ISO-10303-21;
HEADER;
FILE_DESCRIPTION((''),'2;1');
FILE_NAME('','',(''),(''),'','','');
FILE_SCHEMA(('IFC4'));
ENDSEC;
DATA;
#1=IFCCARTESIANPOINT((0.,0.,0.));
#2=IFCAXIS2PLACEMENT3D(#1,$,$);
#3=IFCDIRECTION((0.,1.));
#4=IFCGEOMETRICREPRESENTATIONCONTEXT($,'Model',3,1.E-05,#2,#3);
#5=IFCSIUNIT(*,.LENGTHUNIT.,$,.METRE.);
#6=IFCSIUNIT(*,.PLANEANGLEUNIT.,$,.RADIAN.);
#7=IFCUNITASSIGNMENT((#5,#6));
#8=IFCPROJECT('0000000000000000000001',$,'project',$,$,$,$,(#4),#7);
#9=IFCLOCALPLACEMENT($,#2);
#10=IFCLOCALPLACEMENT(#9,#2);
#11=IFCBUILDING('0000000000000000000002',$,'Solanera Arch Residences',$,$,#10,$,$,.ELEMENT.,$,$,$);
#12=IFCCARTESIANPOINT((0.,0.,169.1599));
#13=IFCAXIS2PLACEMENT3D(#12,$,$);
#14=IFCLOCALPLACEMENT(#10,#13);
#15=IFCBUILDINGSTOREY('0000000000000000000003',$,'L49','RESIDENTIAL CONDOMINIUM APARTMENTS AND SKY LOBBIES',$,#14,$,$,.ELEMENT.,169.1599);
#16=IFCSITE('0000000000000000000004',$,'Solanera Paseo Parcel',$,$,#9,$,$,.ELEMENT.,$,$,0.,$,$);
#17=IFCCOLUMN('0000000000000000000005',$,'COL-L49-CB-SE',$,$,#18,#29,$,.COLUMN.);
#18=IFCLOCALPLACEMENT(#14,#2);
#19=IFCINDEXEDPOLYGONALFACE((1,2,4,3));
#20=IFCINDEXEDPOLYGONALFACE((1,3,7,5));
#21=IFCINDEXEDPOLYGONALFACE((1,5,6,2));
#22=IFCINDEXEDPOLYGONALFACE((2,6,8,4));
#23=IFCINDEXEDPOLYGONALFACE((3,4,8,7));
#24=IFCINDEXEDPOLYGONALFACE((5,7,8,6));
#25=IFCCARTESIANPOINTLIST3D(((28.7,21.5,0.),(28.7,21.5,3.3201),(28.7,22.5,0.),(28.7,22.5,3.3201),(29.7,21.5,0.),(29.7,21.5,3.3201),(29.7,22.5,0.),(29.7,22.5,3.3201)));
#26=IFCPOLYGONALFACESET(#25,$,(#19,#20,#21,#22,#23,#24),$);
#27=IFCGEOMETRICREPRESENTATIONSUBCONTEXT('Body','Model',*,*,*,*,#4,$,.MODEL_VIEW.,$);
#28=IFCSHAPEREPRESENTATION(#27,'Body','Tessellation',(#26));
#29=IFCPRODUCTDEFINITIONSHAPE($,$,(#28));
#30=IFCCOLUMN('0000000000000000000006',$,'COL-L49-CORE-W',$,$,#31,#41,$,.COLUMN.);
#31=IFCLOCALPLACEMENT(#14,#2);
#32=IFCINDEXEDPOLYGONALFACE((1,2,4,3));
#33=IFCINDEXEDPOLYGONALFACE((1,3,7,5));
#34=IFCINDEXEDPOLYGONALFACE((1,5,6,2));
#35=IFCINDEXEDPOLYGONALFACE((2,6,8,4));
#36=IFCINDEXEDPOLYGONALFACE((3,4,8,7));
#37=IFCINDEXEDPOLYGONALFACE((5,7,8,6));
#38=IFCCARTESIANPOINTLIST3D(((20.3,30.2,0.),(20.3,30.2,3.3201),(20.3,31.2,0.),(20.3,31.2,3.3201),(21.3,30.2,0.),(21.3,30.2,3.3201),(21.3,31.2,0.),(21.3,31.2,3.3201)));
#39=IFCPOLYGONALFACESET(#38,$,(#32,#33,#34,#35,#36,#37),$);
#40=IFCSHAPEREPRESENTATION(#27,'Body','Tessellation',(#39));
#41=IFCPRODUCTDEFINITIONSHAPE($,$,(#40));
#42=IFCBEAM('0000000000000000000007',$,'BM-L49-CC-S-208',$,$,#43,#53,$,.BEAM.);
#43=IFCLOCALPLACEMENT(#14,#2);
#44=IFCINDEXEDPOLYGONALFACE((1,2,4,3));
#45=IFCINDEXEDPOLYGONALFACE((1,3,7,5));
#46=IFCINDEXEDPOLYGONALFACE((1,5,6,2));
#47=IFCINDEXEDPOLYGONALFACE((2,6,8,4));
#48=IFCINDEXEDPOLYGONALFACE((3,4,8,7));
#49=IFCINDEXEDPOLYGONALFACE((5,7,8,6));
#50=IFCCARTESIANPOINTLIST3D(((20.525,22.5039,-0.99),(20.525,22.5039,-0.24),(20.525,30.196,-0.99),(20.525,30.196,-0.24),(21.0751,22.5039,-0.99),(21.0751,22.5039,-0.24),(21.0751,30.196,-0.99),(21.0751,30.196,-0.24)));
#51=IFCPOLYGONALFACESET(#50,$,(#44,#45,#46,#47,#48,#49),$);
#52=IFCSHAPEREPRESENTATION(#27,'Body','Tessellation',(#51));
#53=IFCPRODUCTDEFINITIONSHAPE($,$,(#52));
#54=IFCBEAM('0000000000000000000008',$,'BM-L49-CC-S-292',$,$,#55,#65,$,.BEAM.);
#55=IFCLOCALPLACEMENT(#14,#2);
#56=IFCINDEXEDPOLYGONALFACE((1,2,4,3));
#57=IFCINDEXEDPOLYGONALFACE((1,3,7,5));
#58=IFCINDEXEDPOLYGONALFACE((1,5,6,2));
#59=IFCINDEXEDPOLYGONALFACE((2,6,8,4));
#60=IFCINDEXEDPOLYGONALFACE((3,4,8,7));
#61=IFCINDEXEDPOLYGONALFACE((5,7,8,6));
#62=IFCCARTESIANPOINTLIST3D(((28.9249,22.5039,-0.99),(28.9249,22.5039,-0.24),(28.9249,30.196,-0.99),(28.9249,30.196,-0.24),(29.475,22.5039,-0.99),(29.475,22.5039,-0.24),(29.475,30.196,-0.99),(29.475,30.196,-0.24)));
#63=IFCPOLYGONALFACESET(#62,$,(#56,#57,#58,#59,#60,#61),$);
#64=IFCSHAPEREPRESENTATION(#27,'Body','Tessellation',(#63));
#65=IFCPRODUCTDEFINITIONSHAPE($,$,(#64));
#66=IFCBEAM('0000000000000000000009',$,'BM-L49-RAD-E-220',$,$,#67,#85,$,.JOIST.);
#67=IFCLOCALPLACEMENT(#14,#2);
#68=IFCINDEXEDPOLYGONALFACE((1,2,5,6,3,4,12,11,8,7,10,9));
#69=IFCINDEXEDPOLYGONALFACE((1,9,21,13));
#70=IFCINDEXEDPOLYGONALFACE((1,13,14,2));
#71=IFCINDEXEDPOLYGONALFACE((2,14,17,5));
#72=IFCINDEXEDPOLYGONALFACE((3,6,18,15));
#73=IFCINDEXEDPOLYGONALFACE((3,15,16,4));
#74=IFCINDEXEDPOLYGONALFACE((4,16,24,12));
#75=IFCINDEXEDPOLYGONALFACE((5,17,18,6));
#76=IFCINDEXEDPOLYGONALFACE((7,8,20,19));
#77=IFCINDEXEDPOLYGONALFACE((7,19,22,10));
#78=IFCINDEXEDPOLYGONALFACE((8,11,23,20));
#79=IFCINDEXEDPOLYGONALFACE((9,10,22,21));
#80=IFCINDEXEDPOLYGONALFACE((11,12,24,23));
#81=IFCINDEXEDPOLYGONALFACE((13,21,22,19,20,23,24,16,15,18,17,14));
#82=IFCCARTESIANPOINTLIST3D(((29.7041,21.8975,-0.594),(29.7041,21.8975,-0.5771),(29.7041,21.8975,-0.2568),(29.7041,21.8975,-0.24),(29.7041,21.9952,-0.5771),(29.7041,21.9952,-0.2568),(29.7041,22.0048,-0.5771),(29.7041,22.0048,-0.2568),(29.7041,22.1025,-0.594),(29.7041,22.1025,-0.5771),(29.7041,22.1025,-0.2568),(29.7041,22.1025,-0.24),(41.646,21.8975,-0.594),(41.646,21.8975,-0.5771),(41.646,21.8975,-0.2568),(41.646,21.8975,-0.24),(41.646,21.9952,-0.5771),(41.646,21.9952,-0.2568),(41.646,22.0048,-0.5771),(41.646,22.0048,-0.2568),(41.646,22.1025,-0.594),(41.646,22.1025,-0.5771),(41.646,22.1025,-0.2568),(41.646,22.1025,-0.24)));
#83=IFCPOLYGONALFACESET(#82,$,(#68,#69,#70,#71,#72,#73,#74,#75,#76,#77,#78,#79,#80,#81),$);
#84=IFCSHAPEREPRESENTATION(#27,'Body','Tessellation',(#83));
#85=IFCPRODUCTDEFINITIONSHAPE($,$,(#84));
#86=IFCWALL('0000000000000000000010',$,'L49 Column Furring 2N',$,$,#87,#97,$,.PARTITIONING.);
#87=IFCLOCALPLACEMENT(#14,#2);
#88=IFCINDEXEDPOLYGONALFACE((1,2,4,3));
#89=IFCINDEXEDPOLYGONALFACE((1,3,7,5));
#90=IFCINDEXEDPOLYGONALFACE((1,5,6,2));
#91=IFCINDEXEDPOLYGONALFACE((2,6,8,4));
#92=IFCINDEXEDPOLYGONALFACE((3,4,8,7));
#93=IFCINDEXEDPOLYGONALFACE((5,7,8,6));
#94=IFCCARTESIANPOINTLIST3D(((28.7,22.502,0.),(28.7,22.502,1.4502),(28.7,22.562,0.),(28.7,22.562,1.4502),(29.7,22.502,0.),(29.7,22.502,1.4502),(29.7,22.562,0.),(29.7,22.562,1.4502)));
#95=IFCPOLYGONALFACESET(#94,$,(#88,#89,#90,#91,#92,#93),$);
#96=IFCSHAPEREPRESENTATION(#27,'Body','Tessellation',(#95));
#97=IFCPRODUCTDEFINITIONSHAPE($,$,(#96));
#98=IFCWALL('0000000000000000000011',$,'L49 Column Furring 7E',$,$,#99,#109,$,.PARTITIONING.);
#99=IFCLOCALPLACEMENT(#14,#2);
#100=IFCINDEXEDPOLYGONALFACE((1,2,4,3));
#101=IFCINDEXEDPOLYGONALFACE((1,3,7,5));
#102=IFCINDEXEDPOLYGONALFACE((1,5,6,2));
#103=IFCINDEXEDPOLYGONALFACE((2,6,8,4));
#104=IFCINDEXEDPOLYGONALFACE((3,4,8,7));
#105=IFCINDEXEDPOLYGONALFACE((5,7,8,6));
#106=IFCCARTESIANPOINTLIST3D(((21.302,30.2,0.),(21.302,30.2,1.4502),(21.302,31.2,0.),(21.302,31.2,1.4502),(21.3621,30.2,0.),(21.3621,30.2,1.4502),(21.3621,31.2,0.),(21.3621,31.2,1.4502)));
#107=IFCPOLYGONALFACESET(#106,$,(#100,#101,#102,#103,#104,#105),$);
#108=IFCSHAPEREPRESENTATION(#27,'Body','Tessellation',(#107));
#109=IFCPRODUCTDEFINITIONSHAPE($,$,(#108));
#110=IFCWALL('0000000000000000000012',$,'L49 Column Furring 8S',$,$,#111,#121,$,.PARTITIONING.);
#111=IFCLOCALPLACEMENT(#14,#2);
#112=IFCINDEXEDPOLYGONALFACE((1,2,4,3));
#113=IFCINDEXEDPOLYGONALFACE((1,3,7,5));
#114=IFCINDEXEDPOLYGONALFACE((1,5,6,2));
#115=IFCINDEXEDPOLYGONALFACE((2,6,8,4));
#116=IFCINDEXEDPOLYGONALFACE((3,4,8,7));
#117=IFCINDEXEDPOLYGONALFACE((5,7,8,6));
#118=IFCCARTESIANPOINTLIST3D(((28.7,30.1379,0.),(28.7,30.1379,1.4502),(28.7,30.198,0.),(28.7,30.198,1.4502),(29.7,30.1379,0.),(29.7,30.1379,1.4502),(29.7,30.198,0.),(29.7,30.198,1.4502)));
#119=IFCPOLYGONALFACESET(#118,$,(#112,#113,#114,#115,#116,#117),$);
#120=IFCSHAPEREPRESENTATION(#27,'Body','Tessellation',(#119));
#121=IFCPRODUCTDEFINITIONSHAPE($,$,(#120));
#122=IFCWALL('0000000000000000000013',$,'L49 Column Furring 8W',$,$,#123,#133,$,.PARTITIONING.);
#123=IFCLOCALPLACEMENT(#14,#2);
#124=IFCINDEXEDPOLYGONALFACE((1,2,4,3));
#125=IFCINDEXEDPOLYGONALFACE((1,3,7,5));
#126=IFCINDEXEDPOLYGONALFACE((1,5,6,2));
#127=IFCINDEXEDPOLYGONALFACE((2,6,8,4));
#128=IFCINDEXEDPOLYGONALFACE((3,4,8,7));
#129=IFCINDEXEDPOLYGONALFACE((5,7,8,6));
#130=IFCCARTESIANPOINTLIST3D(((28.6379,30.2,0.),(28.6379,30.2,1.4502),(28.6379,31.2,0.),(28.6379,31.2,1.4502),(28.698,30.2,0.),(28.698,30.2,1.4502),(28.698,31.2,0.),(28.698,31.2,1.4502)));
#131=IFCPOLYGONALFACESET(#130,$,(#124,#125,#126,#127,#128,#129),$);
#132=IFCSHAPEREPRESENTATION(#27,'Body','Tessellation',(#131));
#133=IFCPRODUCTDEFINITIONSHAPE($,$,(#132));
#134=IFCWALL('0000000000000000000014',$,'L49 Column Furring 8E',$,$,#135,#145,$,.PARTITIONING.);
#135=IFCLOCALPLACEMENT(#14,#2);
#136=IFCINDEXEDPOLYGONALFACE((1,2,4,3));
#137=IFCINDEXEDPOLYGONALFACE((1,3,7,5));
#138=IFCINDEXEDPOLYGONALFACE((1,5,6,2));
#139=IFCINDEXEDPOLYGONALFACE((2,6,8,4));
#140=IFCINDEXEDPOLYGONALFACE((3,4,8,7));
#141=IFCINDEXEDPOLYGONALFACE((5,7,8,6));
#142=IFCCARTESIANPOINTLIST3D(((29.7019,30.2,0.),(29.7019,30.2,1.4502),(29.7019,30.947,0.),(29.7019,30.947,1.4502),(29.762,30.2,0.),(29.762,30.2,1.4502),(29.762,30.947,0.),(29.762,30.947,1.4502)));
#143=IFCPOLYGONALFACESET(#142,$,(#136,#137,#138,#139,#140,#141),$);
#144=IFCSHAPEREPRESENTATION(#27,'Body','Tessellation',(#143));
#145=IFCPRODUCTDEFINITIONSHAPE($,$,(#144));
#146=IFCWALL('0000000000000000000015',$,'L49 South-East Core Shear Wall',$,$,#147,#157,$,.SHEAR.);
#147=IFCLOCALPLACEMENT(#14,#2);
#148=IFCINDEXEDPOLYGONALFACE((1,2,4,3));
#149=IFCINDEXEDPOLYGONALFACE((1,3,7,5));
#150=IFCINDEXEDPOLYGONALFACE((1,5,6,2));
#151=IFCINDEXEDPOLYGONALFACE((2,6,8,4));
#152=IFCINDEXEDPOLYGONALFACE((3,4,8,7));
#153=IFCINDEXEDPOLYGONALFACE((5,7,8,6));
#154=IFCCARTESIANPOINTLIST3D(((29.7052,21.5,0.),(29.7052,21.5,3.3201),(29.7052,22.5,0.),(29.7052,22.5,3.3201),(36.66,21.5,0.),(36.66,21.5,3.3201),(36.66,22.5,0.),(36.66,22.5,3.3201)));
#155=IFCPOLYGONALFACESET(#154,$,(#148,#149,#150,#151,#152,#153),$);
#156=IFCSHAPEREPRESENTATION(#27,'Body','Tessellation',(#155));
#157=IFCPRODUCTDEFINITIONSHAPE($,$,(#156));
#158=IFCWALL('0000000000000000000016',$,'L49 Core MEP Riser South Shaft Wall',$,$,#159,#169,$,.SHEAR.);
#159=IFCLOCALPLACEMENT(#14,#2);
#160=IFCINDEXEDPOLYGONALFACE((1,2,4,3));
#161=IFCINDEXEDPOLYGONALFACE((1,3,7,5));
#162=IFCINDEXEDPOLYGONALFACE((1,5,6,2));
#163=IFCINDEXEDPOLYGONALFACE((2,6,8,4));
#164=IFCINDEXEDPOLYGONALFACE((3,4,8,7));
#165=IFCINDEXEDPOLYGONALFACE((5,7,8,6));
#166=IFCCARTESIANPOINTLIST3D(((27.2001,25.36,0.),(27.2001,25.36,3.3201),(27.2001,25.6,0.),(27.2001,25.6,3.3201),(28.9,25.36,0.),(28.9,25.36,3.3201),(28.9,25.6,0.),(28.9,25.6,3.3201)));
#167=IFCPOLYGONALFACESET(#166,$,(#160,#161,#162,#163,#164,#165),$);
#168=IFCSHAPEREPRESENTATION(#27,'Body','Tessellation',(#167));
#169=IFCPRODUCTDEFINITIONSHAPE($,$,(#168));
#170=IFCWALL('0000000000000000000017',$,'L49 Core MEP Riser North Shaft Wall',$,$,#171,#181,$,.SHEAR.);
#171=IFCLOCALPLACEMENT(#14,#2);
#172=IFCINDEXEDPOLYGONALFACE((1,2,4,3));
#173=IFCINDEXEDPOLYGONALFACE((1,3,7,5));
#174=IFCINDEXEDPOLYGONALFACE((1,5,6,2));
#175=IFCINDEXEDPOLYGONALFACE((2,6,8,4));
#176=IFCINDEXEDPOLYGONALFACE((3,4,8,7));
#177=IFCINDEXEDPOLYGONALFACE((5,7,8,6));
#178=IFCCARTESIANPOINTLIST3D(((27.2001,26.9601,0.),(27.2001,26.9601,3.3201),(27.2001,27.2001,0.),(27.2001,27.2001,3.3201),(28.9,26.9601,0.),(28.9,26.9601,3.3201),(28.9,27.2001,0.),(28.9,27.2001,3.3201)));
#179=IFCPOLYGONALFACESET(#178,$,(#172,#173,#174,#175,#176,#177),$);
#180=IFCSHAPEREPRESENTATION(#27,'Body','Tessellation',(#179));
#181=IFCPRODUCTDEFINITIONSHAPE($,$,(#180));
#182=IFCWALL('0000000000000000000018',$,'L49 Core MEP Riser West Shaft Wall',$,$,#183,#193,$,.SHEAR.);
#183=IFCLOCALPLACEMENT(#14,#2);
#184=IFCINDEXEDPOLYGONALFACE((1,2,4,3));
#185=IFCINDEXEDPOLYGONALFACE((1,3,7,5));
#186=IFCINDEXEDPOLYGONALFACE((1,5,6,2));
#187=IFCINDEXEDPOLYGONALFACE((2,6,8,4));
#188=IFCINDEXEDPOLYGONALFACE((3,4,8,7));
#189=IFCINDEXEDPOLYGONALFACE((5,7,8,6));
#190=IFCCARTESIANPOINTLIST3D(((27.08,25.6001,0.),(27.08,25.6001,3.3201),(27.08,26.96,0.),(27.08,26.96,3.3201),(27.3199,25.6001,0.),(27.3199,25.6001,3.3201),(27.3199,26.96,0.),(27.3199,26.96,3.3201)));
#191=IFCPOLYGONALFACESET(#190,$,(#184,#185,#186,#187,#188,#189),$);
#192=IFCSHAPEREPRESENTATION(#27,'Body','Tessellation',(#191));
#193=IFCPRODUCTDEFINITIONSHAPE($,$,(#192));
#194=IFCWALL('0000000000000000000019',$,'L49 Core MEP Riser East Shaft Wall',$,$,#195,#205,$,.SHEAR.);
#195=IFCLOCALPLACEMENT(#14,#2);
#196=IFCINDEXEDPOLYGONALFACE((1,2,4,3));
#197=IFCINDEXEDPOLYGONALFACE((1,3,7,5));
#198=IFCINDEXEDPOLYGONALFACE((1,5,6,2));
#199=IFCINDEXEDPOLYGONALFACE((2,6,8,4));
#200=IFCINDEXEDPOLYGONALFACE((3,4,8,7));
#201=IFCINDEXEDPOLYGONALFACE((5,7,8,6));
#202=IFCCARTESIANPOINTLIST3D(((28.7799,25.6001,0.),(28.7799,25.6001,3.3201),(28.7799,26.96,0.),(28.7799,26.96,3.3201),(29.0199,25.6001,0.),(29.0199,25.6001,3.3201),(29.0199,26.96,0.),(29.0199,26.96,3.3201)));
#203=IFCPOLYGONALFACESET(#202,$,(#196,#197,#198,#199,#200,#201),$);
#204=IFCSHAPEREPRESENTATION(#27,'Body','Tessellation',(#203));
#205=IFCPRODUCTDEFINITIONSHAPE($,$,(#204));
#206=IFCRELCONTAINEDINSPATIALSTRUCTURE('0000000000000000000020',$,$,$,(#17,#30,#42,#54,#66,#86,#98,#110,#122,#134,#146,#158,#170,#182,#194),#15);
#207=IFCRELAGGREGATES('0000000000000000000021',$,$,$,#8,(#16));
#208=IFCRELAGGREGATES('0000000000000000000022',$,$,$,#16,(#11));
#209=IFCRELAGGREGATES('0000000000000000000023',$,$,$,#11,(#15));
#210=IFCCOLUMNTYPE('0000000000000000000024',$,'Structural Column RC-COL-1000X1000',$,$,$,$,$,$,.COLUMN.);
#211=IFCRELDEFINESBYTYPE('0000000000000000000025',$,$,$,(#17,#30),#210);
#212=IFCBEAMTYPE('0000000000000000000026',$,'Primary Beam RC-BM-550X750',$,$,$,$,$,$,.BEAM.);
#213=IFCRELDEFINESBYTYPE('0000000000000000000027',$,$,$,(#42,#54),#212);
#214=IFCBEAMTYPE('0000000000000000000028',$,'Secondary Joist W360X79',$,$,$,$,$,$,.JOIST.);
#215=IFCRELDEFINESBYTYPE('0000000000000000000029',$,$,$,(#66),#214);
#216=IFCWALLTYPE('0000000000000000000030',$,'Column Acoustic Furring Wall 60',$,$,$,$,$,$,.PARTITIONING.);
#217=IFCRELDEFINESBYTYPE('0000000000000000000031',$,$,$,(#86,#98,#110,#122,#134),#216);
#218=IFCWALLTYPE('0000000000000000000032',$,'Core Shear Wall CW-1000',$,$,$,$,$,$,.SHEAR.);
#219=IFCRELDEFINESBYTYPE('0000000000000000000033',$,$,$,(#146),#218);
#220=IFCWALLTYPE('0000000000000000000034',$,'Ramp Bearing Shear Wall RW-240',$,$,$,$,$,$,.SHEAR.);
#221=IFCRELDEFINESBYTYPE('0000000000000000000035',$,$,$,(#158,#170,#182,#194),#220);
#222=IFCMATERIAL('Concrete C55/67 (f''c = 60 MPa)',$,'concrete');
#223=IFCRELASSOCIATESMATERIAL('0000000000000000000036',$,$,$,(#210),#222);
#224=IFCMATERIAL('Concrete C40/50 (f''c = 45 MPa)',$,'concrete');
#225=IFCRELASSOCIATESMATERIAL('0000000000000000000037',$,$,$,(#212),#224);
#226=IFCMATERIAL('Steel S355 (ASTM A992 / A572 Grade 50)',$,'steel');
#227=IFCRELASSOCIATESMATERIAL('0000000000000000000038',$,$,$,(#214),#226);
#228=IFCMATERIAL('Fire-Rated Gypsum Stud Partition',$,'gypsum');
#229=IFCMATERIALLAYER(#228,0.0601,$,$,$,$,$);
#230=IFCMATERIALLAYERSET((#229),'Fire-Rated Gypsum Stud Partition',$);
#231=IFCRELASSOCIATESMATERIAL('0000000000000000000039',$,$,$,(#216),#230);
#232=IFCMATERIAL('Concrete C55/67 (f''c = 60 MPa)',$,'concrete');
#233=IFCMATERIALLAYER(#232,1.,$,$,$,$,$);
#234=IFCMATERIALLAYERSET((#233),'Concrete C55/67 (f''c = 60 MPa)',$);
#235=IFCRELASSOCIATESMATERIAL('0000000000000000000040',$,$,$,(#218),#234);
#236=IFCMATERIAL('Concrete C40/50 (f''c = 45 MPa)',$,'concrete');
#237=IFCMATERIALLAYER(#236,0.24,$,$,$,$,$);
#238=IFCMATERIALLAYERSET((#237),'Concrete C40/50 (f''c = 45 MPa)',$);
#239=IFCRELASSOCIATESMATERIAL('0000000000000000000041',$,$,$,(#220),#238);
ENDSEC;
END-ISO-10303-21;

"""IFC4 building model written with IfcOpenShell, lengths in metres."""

from ifc_helpers import new_model, si_unit, direction, frame, frame_2d, origin, origin_2d, place, context, subcontext, project, spatial, rectangle, i_section, extrude, material, layer, layer_set, material_profile, profile_set, type_object, element, save


model = new_model("IFC4")

# Units and contexts
model_context = context("Model", 3, precision=1e-05, world=origin(), true_north=direction((0.0, 1.0)))
body_context = subcontext(model_context, "Body", "Model", "MODEL_VIEW")
ifc_project = project(units=[si_unit("LENGTHUNIT", "METRE"), si_unit("PLANEANGLEUNIT", "RADIAN")], contexts=[model_context])

# Site, building, storey
site_placement = place(None, origin())
site = spatial("IfcSite", under=ifc_project, at=site_placement, Name="Solanera Paseo Parcel", CompositionType="ELEMENT", RefElevation=0.0)
building_placement = place(site_placement, origin())
building = spatial("IfcBuilding", under=site, at=building_placement, Name="Solanera Arch Residences", CompositionType="ELEMENT")
storey_placement = place(building_placement, frame((0.0, 0.0, 169.1599)))
storey = spatial("IfcBuildingStorey", under=building, at=storey_placement, Name="L49", Description="RESIDENTIAL CONDOMINIUM APARTMENTS AND SKY LOBBIES", CompositionType="ELEMENT", Elevation=169.1599)

# Columns
ifc_material_1 = material(Name="Concrete C55/67 (f'c = 60 MPa)", Category="concrete")
ifc_material_profile_1 = material_profile(ifc_material_1, rectangle(XDim=1.0, YDim=1.0, at=origin_2d()))
ifc_profile_set_1 = profile_set([ifc_material_profile_1], Name="Concrete C55/67 (f'c = 60 MPa)")
column_type = type_object("IfcColumnType", Name="Structural Column RC-COL-1000X1000", PredefinedType="COLUMN", material=ifc_profile_set_1)
for number, where, z_axis, x_axis, name in (
    (1, (29.2, 22.0, 0.0), (0.0, 0.0, 1.0), (1.0, 0.0, 0.0), "COL-L49-CB-SE"),
    (2, (20.8, 30.7, 0.0), (0.0, 0.0, 1.0), (1.0, 0.0, 0.0), "COL-L49-CORE-W"),
):
    element("IfcColumn", number, at=place(storey_placement, frame(where, z_axis=z_axis, x_axis=x_axis)), inside=storey, type_object=column_type, Name=name, PredefinedType="COLUMN", context=body_context, shape_type="SweptSolid", body=[
        extrude(rectangle(XDim=1.0, YDim=1.0, at=origin_2d()), origin(), (0.0, 0.0, 1.0), 3.3201),
    ])

# Beams
ifc_material_2 = material(Name="Concrete C40/50 (f'c = 45 MPa)", Category="concrete")
ifc_material_profile_2 = material_profile(ifc_material_2, rectangle(XDim=0.55, YDim=0.75, at=origin_2d()))
ifc_profile_set_2 = profile_set([ifc_material_profile_2], Name="Concrete C40/50 (f'c = 45 MPa)")
beam_type_1 = type_object("IfcBeamType", Name="Primary Beam RC-BM-550X750", PredefinedType="BEAM", material=ifc_profile_set_2)
for number, where, z_axis, x_axis, name in (
    (3, (20.8, 22.5039, -0.615), (0.0, 1.0, 0.0), (-1.0, 0.0, 0.0), "BM-L49-CC-S-208"),
    (4, (29.2, 22.5039, -0.615), (0.0, 1.0, 0.0), (-1.0, 0.0, 0.0), "BM-L49-CC-S-292"),
):
    element("IfcBeam", number, at=place(storey_placement, frame(where, z_axis=z_axis, x_axis=x_axis)), inside=storey, type_object=beam_type_1, Name=name, PredefinedType="BEAM", context=body_context, shape_type="SweptSolid", body=[
        extrude(rectangle(XDim=0.55, YDim=0.75, at=origin_2d()), origin(), (0.0, 0.0, 1.0), 7.6921),
    ])
ifc_material_3 = material(Name="Steel S355 (ASTM A992 / A572 Grade 50)", Category="steel")
ifc_material_profile_3 = material_profile(ifc_material_3, i_section(OverallWidth=0.2051, OverallDepth=0.354, WebThickness=0.0095, FlangeThickness=0.0168, at=origin_2d()))
ifc_profile_set_3 = profile_set([ifc_material_profile_3], Name="Steel S355 (ASTM A992 / A572 Grade 50)")
beam_type_2 = type_object("IfcBeamType", Name="Secondary Joist W360X79", PredefinedType="JOIST", material=ifc_profile_set_3)
beam_placement = place(storey_placement, frame((29.7041, 22.0, -0.417), z_axis=(1.0, 0.0, 0.0), x_axis=(0.0, 1.0, 0.0)))
element("IfcBeam", 5, at=beam_placement, inside=storey, type_object=beam_type_2, Name="BM-L49-RAD-E-220", PredefinedType="JOIST", context=body_context, shape_type="SweptSolid", body=[
    extrude(i_section(OverallWidth=0.2051, OverallDepth=0.354, WebThickness=0.0095, FlangeThickness=0.0168, at=origin_2d()), origin(), (0.0, 0.0, 1.0), 11.9419),
])

# Walls
ifc_material_4 = material(Name="Fire-Rated Gypsum Stud Partition", Category="gypsum")
ifc_layer_1 = layer(ifc_material_4, 0.0601)
ifc_layer_set_1 = layer_set([ifc_layer_1], Name="Fire-Rated Gypsum Stud Partition")
wall_type_1 = type_object("IfcWallType", Name="Column Acoustic Furring Wall 60", PredefinedType="PARTITIONING", material=ifc_layer_set_1)
for number, where, z_axis, x_axis, name in (
    (6, (28.7, 22.532, 0.0), (0.0, 0.0, 1.0), (1.0, 0.0, 0.0), "L49 Column Furring 2N"),
    (7, (21.332, 30.2, 0.0), (0.0, 0.0, 1.0), (0.0, 1.0, 0.0), "L49 Column Furring 7E"),
    (8, (28.7, 30.168, 0.0), (0.0, 0.0, 1.0), (1.0, 0.0, 0.0), "L49 Column Furring 8S"),
    (9, (28.668, 30.2, 0.0), (0.0, 0.0, 1.0), (0.0, 1.0, 0.0), "L49 Column Furring 8W"),
):
    element("IfcWall", number, at=place(storey_placement, frame(where, z_axis=z_axis, x_axis=x_axis)), inside=storey, type_object=wall_type_1, Name=name, PredefinedType="PARTITIONING", context=body_context, shape_type="SweptSolid", body=[
        extrude(rectangle(XDim=1.0, YDim=0.0601, at=frame_2d((0.5, 0.0))), origin(), (0.0, 0.0, 1.0), 1.4502),
    ])
wall_1_placement = place(storey_placement, frame((29.7319, 30.2, 0.0), z_axis=(0.0, 0.0, 1.0), x_axis=(0.0, 1.0, 0.0)))
element("IfcWall", 10, at=wall_1_placement, inside=storey, type_object=wall_type_1, Name="L49 Column Furring 8E", PredefinedType="PARTITIONING", context=body_context, shape_type="SweptSolid", body=[
    extrude(rectangle(XDim=0.7471, YDim=0.0601, at=frame_2d((0.3735, 0.0))), origin(), (0.0, 0.0, 1.0), 1.4502),
])
ifc_material_5 = material(Name="Concrete C55/67 (f'c = 60 MPa)", Category="concrete")
ifc_layer_2 = layer(ifc_material_5, 1.0)
ifc_layer_set_2 = layer_set([ifc_layer_2], Name="Concrete C55/67 (f'c = 60 MPa)")
wall_type_2 = type_object("IfcWallType", Name="Core Shear Wall CW-1000", PredefinedType="SHEAR", material=ifc_layer_set_2)
wall_2_placement = place(storey_placement, frame((29.7051, 22.0, 0.0), z_axis=(0.0, 0.0, 1.0), x_axis=(1.0, 0.0, 0.0)))
element("IfcWall", 11, at=wall_2_placement, inside=storey, type_object=wall_type_2, Name="L49 South-East Core Shear Wall", PredefinedType="SHEAR", context=body_context, shape_type="SweptSolid", body=[
    extrude(rectangle(XDim=6.9548, YDim=1.0, at=frame_2d((3.4775, 0.0))), origin(), (0.0, 0.0, 1.0), 3.3201),
])
ifc_material_6 = material(Name="Concrete C40/50 (f'c = 45 MPa)", Category="concrete")
ifc_layer_3 = layer(ifc_material_6, 0.24)
ifc_layer_set_3 = layer_set([ifc_layer_3], Name="Concrete C40/50 (f'c = 45 MPa)")
wall_type_3 = type_object("IfcWallType", Name="Ramp Bearing Shear Wall RW-240", PredefinedType="SHEAR", material=ifc_layer_set_3)
for number, where, z_axis, x_axis, name in (
    (12, (27.2, 25.48, 0.0), (0.0, 0.0, 1.0), (1.0, 0.0, 0.0), "L49 Core MEP Riser South Shaft Wall"),
    (13, (27.2, 27.0801, 0.0), (0.0, 0.0, 1.0), (1.0, 0.0, 0.0), "L49 Core MEP Riser North Shaft Wall"),
):
    element("IfcWall", number, at=place(storey_placement, frame(where, z_axis=z_axis, x_axis=x_axis)), inside=storey, type_object=wall_type_3, Name=name, PredefinedType="SHEAR", context=body_context, shape_type="SweptSolid", body=[
        extrude(rectangle(XDim=1.7, YDim=0.24, at=frame_2d((0.8501, 0.0))), origin(), (0.0, 0.0, 1.0), 3.3201),
    ])
for number, where, z_axis, x_axis, name in (
    (14, (27.2, 25.6001, 0.0), (0.0, 0.0, 1.0), (0.0, 1.0, 0.0), "L49 Core MEP Riser West Shaft Wall"),
    (15, (28.8999, 25.6001, 0.0), (0.0, 0.0, 1.0), (0.0, 1.0, 0.0), "L49 Core MEP Riser East Shaft Wall"),
):
    element("IfcWall", number, at=place(storey_placement, frame(where, z_axis=z_axis, x_axis=x_axis)), inside=storey, type_object=wall_type_3, Name=name, PredefinedType="SHEAR", context=body_context, shape_type="SweptSolid", body=[
        extrude(rectangle(XDim=1.3599, YDim=0.24, at=frame_2d((0.6799, 0.0))), origin(), (0.0, 0.0, 1.0), 3.3201),
    ])

save(model, "model.ifc")
